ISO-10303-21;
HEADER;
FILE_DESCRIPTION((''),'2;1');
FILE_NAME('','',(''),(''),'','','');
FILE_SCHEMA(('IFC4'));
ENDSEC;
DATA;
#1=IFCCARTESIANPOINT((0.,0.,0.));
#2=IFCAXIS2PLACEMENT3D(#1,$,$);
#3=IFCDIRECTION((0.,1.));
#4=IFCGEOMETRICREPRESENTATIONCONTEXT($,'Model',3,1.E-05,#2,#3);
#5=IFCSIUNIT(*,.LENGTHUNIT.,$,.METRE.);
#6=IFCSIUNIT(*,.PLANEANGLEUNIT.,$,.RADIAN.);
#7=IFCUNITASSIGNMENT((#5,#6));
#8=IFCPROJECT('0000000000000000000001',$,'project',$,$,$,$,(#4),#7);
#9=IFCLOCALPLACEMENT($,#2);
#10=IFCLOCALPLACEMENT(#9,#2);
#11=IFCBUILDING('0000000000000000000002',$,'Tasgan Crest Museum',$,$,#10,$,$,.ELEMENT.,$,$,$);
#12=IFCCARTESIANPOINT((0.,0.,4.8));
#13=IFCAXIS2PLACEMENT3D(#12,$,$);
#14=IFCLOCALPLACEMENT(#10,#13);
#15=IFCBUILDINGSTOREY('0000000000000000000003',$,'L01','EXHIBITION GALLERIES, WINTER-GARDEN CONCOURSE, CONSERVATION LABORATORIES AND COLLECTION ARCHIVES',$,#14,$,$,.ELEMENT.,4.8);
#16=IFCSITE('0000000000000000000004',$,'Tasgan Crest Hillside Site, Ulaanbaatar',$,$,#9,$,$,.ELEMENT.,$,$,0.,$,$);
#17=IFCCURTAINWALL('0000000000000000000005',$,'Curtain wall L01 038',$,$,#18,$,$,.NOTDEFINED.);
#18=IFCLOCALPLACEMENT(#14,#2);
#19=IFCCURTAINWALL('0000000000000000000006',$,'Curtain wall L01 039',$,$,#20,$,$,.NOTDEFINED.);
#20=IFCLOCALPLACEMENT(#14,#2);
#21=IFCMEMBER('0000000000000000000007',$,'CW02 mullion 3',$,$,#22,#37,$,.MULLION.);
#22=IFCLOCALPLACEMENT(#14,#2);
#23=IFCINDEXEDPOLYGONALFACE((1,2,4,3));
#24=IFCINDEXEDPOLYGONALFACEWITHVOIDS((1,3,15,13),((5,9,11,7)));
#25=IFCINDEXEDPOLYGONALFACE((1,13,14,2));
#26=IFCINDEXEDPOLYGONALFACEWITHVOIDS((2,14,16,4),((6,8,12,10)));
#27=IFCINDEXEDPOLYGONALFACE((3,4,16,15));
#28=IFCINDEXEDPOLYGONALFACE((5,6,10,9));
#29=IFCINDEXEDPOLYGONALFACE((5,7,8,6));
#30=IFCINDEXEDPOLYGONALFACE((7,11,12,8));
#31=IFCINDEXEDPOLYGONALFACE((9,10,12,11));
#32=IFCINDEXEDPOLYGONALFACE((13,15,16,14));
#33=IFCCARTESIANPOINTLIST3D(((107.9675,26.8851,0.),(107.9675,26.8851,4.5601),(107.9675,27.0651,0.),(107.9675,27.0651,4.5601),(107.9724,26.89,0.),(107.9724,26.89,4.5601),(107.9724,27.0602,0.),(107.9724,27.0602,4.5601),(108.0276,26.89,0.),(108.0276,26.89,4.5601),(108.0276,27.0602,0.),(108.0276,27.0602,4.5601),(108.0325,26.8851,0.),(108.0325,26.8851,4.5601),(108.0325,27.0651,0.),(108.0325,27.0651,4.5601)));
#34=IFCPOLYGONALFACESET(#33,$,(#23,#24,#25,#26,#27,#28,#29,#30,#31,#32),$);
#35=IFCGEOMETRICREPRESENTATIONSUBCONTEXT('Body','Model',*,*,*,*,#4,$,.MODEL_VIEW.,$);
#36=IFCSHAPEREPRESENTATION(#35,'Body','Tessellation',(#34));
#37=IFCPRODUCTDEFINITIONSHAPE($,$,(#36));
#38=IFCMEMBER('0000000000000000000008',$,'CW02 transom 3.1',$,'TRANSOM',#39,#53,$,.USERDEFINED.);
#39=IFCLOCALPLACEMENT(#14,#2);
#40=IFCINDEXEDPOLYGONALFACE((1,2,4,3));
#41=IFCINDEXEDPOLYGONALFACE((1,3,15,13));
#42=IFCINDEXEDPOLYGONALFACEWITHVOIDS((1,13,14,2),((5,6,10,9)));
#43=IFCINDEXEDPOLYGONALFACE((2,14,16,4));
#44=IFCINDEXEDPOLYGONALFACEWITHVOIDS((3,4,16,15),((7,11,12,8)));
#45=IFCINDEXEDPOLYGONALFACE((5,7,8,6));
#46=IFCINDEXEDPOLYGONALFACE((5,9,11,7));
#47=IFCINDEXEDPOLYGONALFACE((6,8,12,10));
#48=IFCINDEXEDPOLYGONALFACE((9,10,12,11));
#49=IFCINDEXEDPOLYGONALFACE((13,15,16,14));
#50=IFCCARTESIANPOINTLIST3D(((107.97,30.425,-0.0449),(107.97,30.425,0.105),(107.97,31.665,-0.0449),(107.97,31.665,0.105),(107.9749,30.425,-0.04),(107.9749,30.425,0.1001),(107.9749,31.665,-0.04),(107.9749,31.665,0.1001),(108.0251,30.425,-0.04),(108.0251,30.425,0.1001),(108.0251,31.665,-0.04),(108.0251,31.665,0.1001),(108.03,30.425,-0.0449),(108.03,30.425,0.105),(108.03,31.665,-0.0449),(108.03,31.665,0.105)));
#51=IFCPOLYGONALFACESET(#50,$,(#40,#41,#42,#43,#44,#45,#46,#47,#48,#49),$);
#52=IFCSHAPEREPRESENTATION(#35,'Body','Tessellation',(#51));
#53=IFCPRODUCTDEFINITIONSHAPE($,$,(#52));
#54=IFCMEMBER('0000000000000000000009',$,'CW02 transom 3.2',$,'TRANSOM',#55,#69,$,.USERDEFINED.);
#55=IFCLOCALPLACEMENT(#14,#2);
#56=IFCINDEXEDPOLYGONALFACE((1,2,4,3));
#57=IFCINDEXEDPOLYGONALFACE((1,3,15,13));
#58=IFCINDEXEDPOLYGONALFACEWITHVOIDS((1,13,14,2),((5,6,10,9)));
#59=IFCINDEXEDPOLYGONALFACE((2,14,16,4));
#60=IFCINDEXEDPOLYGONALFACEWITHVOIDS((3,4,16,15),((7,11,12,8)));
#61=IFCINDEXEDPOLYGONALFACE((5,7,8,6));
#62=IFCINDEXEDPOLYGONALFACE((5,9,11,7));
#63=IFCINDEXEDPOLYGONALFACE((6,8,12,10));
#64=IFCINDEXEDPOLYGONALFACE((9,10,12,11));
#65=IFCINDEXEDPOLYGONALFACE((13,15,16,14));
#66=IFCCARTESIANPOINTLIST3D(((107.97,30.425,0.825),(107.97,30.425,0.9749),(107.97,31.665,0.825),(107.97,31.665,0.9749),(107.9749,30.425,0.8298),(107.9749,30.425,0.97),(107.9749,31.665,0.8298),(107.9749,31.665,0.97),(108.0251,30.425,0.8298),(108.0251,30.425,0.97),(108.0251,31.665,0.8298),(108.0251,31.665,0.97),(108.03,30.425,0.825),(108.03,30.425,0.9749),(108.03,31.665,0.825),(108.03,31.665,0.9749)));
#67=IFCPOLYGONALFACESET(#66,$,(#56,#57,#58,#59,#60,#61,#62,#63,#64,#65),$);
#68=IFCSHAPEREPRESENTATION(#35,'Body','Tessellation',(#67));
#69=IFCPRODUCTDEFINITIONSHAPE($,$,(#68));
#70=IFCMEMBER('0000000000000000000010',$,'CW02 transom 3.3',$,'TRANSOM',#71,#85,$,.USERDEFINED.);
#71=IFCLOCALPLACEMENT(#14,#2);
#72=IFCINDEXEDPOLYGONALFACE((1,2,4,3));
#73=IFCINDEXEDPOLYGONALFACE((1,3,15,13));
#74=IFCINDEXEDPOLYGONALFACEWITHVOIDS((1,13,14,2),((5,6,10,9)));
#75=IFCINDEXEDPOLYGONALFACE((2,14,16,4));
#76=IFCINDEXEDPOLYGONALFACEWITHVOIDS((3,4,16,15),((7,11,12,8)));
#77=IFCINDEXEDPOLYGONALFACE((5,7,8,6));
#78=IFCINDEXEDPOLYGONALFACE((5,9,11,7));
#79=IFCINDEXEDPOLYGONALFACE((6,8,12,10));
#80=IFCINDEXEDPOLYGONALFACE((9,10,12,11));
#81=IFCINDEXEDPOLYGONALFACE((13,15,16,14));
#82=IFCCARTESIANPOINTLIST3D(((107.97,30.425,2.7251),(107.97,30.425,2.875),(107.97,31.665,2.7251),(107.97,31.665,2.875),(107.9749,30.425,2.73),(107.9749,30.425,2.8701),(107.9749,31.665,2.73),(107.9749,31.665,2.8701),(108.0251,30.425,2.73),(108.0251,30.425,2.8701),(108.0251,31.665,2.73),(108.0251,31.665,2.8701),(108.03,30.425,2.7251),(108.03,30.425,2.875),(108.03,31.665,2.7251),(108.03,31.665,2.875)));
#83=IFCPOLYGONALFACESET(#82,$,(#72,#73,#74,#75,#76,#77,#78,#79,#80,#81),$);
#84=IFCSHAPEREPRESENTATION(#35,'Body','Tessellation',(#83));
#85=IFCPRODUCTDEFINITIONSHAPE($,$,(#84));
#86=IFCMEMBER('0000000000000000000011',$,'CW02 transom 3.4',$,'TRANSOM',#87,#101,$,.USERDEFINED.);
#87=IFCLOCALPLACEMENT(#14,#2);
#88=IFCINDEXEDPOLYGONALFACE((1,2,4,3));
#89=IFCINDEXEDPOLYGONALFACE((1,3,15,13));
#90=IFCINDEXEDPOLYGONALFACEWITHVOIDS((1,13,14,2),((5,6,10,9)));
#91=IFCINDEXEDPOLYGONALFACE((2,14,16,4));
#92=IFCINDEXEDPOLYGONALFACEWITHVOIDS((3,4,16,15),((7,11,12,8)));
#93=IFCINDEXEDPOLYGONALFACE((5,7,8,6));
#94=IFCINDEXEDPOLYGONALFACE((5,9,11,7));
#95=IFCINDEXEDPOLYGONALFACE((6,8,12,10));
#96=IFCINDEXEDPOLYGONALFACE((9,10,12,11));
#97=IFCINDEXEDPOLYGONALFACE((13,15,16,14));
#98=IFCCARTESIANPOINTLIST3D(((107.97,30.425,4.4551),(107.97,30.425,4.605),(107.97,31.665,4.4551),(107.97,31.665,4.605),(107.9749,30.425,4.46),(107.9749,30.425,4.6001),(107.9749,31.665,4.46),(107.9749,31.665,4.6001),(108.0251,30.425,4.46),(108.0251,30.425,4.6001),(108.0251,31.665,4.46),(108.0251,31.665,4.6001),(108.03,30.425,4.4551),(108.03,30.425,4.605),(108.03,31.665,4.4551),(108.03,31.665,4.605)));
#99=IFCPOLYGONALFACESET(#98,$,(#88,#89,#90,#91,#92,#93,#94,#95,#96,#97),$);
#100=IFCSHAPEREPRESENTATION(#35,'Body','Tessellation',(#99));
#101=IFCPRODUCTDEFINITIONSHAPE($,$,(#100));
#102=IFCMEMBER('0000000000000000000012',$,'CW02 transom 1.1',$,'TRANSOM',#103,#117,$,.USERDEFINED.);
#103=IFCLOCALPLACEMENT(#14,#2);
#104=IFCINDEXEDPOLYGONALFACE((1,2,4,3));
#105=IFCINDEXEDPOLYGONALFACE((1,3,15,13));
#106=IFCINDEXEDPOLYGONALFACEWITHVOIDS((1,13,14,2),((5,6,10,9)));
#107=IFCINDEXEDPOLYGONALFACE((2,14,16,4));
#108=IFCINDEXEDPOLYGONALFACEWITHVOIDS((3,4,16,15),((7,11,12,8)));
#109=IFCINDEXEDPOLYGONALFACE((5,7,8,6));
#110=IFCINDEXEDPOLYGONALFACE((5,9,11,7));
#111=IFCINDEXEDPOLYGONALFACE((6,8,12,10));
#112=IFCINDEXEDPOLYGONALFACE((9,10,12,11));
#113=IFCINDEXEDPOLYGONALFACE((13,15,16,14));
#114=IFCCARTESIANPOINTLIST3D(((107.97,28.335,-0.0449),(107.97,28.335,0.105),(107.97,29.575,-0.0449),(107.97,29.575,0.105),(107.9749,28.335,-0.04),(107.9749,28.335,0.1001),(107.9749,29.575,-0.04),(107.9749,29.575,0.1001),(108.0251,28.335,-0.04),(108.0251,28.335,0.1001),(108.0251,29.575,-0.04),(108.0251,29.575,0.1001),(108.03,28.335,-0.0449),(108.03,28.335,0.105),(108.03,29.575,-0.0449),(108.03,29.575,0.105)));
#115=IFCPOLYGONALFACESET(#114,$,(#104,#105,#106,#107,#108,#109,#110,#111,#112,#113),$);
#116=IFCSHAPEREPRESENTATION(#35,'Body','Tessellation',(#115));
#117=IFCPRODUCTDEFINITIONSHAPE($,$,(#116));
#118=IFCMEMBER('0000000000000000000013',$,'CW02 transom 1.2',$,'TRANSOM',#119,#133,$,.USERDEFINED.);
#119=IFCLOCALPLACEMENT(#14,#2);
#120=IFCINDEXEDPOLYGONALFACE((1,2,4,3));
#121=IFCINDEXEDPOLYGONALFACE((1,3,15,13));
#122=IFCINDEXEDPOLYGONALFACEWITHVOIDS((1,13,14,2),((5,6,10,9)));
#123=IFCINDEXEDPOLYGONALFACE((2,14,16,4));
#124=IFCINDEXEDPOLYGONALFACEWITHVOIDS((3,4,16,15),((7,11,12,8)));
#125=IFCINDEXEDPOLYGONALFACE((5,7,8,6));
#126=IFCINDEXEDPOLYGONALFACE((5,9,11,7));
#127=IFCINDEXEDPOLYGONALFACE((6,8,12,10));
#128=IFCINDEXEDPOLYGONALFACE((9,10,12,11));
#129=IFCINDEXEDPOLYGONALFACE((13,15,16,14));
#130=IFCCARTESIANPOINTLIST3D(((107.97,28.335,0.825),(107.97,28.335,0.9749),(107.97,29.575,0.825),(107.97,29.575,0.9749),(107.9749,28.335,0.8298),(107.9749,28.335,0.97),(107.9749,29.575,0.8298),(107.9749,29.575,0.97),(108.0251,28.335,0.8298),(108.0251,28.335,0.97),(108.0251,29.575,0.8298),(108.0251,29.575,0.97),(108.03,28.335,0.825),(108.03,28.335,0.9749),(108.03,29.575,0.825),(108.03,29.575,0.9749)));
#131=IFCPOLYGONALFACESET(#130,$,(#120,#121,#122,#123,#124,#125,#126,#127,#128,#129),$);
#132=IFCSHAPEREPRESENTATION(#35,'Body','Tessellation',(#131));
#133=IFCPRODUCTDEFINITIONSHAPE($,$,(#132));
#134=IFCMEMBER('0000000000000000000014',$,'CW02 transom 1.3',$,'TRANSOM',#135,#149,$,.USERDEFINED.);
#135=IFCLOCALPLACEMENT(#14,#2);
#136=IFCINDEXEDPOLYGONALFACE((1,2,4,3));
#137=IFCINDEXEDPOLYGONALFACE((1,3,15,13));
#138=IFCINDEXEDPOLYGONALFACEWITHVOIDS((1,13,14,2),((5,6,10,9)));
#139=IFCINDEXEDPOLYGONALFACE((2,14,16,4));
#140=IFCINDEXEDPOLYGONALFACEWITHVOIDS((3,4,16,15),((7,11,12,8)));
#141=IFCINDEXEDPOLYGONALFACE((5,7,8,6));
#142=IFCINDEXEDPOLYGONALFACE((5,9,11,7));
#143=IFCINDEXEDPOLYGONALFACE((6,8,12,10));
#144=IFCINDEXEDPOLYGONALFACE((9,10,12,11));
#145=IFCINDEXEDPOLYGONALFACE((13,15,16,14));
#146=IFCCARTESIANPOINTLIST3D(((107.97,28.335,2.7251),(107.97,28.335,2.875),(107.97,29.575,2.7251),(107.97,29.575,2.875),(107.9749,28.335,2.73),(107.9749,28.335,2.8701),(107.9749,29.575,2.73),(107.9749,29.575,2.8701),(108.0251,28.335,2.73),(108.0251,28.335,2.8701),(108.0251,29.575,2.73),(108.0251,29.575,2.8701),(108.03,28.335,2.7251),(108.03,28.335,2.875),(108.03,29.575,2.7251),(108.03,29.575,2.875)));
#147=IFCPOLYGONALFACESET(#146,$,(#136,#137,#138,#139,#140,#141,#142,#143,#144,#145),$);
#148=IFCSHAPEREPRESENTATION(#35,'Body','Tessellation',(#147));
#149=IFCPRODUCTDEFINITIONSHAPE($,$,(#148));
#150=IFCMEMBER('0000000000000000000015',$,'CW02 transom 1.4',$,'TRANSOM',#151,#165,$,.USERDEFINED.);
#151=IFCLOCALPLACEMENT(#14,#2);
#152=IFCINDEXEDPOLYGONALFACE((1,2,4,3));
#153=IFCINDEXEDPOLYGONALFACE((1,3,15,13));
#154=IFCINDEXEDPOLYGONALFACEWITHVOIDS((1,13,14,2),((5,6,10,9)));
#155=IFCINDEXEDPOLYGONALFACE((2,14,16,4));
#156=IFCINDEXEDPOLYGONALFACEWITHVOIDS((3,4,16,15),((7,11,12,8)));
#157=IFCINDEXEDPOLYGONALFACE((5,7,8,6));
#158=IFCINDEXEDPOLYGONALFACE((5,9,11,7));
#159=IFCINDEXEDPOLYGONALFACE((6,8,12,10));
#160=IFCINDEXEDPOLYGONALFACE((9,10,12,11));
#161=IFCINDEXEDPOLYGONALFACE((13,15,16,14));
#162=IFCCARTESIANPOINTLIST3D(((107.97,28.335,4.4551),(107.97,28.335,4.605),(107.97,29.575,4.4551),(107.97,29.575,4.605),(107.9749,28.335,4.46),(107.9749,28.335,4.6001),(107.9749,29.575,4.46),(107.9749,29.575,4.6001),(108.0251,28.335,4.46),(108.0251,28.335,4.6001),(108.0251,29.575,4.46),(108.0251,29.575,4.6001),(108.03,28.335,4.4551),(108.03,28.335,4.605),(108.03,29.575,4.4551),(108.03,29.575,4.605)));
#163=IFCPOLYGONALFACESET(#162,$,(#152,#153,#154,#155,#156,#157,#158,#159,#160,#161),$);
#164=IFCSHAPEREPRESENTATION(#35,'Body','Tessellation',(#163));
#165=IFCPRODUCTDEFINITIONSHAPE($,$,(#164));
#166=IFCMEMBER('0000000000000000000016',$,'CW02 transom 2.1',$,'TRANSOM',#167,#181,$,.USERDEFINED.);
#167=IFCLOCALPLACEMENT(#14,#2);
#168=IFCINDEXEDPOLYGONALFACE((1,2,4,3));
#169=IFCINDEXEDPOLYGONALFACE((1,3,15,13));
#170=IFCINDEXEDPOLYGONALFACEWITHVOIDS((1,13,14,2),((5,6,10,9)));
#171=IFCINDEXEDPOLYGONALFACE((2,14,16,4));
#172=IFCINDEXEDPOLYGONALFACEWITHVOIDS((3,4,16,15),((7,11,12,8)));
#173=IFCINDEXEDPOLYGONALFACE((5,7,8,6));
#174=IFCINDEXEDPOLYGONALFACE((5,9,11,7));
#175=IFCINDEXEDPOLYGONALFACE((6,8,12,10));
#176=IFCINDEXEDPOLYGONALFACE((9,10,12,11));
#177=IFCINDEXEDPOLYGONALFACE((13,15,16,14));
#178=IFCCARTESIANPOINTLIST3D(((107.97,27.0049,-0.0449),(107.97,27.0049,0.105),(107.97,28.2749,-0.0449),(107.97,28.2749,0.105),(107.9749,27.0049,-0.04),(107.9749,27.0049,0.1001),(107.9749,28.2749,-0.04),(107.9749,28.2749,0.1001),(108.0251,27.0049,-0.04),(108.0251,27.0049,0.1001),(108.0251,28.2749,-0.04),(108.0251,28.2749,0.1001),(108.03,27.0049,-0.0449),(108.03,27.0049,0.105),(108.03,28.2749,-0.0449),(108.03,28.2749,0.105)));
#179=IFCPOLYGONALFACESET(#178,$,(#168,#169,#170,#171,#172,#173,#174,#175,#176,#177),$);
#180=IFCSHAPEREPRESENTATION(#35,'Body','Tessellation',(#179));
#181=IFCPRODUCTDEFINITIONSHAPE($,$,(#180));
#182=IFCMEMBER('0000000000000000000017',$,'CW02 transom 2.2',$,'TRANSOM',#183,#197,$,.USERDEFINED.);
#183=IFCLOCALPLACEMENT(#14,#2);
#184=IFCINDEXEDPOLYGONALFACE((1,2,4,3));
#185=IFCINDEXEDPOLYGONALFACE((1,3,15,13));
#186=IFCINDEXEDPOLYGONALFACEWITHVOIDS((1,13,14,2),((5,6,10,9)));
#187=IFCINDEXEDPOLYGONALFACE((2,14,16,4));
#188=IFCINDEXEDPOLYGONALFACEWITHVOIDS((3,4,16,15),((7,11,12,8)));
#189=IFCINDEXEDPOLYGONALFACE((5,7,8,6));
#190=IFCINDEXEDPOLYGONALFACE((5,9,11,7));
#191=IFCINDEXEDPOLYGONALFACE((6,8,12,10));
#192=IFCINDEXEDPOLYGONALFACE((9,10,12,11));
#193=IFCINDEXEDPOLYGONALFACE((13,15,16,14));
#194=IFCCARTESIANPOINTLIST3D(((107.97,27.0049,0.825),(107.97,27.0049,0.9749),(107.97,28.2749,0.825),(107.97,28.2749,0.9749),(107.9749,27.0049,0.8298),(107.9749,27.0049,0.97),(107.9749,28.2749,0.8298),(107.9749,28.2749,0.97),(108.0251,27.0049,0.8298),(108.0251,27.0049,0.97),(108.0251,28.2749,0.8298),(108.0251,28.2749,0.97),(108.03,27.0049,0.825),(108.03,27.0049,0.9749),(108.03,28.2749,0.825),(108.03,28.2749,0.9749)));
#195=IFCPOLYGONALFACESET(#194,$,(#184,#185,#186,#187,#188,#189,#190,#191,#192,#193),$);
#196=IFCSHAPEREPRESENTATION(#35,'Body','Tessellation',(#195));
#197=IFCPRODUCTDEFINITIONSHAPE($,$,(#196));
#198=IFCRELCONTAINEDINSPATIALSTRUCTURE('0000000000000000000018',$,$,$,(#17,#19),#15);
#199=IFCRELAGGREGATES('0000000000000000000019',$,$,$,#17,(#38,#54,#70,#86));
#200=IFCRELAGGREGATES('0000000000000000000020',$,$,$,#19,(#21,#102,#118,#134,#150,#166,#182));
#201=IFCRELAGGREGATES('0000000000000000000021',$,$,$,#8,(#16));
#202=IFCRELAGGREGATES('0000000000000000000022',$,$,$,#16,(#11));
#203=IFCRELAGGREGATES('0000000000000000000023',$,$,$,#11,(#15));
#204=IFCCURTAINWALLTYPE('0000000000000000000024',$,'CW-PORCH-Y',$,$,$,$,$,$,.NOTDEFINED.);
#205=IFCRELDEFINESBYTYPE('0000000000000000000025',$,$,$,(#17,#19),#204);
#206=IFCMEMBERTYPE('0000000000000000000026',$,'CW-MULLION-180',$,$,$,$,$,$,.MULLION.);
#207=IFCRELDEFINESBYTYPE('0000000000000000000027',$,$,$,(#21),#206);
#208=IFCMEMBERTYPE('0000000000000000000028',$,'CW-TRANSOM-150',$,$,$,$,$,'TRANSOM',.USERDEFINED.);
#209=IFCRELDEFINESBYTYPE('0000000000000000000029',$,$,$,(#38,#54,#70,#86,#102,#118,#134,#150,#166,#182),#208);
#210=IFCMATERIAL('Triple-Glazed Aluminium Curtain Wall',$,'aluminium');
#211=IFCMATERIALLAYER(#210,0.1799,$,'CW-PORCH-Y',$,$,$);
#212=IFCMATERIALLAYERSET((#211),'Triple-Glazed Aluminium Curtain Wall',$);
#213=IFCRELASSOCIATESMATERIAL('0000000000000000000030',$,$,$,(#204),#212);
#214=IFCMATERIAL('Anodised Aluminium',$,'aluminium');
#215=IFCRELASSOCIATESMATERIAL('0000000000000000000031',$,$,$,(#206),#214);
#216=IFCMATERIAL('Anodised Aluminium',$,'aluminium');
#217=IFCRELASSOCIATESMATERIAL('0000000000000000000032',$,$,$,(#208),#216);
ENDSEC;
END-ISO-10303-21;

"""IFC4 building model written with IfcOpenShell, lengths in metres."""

from ifc_helpers import new_model, si_unit, direction, frame, origin, origin_2d, place, context, subcontext, project, spatial, hollow_rectangle, extrude, material, layer, layer_set, material_profile, profile_set, type_object, element, aggregate, save


model = new_model("IFC4")

# Units and contexts
model_context = context("Model", 3, precision=1e-05, world=origin(), true_north=direction((0.0, 1.0)))
body_context = subcontext(model_context, "Body", "Model", "MODEL_VIEW")
ifc_project = project(units=[si_unit("LENGTHUNIT", "METRE"), si_unit("PLANEANGLEUNIT", "RADIAN")], contexts=[model_context])

# Site, building, storey
site_placement = place(None, origin())
site = spatial("IfcSite", under=ifc_project, at=site_placement, Name="Tasgan Crest Hillside Site, Ulaanbaatar", CompositionType="ELEMENT", RefElevation=0.0)
building_placement = place(site_placement, origin())
building = spatial("IfcBuilding", under=site, at=building_placement, Name="Tasgan Crest Museum", CompositionType="ELEMENT")
storey_placement = place(building_placement, frame((0.0, 0.0, 4.8)))
storey = spatial("IfcBuildingStorey", under=building, at=storey_placement, Name="L01", Description="EXHIBITION GALLERIES, WINTER-GARDEN CONCOURSE, CONSERVATION LABORATORIES AND COLLECTION ARCHIVES", CompositionType="ELEMENT", Elevation=4.8)

# Curtain walls, member
ifc_material_1 = material(Name="Triple-Glazed Aluminium Curtain Wall", Category="aluminium")
ifc_layer_1 = layer(ifc_material_1, 0.1799, Name="CW-PORCH-Y")
ifc_layer_set_1 = layer_set([ifc_layer_1], Name="Triple-Glazed Aluminium Curtain Wall")
curtain_wall_type = type_object("IfcCurtainWallType", Name="CW-PORCH-Y", PredefinedType="NOTDEFINED", material=ifc_layer_set_1)
curtain_wall_1_placement = place(storey_placement, origin())
curtain_wall_1 = element("IfcCurtainWall", 1, at=curtain_wall_1_placement, inside=storey, type_object=curtain_wall_type, Name="Curtain wall L01 038", PredefinedType="NOTDEFINED")
ifc_material_2 = material(Name="Anodised Aluminium", Category="aluminium")
ifc_material_profile_1 = material_profile(ifc_material_2, hollow_rectangle(XDim=0.0649, YDim=0.1799, WallThickness=0.0049, at=origin_2d()), Name="ALU MULLION 180x65x5")
ifc_profile_set_1 = profile_set([ifc_material_profile_1], Name="Anodised Aluminium")
member_type_1 = type_object("IfcMemberType", Name="CW-MULLION-180", PredefinedType="MULLION", material=ifc_profile_set_1)
curtain_wall_2_placement = place(storey_placement, origin())
curtain_wall_2 = element("IfcCurtainWall", 2, at=curtain_wall_2_placement, inside=storey, type_object=curtain_wall_type, Name="Curtain wall L01 039", PredefinedType="NOTDEFINED")
member_1_placement = place(storey_placement, frame((108.0, 26.9751, 0.0), z_axis=(0.0, 0.0, 1.0), x_axis=(1.0, 0.0, 0.0)))
member_1 = element("IfcMember", 3, at=member_1_placement, type_object=member_type_1, Name="CW02 mullion 3", PredefinedType="MULLION", context=body_context, shape_type="SweptSolid", body=[
    extrude(hollow_rectangle(XDim=0.0649, YDim=0.1799, WallThickness=0.0049, at=origin_2d()), origin(), (0.0, 0.0, 1.0), 4.5601),
])

# Members
ifc_material_3 = material(Name="Anodised Aluminium", Category="aluminium")
ifc_material_profile_2 = material_profile(ifc_material_3, hollow_rectangle(XDim=0.0601, YDim=0.1499, WallThickness=0.0049, at=origin_2d()), Name="ALU TRANSOM 150x60x5")
ifc_profile_set_2 = profile_set([ifc_material_profile_2], Name="Anodised Aluminium")
member_type_2 = type_object("IfcMemberType", Name="CW-TRANSOM-150", ElementType="TRANSOM", PredefinedType="USERDEFINED", material=ifc_profile_set_2)
member_2_placement = place(storey_placement, frame((108.0, 31.665, 0.03), z_axis=(0.0, -1.0, 0.0), x_axis=(1.0, 0.0, 0.0)))
member_2 = element("IfcMember", 4, at=member_2_placement, type_object=member_type_2, Name="CW02 transom 3.1", ObjectType="TRANSOM", PredefinedType="USERDEFINED", context=body_context, shape_type="SweptSolid", body=[
    extrude(hollow_rectangle(XDim=0.0601, YDim=0.1499, WallThickness=0.0049, at=origin_2d()), origin(), (0.0, 0.0, 1.0), 1.24),
])
member_3_placement = place(storey_placement, frame((108.0, 31.665, 0.8999), z_axis=(0.0, -1.0, 0.0), x_axis=(1.0, 0.0, 0.0)))
member_3 = element("IfcMember", 5, at=member_3_placement, type_object=member_type_2, Name="CW02 transom 3.2", ObjectType="TRANSOM", PredefinedType="USERDEFINED", context=body_context, shape_type="SweptSolid", body=[
    extrude(hollow_rectangle(XDim=0.0601, YDim=0.1499, WallThickness=0.0049, at=origin_2d()), origin(), (0.0, 0.0, 1.0), 1.24),
])
member_4_placement = place(storey_placement, frame((108.0, 31.665, 2.8), z_axis=(0.0, -1.0, 0.0), x_axis=(1.0, 0.0, 0.0)))
member_4 = element("IfcMember", 6, at=member_4_placement, type_object=member_type_2, Name="CW02 transom 3.3", ObjectType="TRANSOM", PredefinedType="USERDEFINED", context=body_context, shape_type="SweptSolid", body=[
    extrude(hollow_rectangle(XDim=0.0601, YDim=0.1499, WallThickness=0.0049, at=origin_2d()), origin(), (0.0, 0.0, 1.0), 1.24),
])
member_5_placement = place(storey_placement, frame((108.0, 31.665, 4.53), z_axis=(0.0, -1.0, 0.0), x_axis=(1.0, 0.0, 0.0)))
member_5 = element("IfcMember", 7, at=member_5_placement, type_object=member_type_2, Name="CW02 transom 3.4", ObjectType="TRANSOM", PredefinedType="USERDEFINED", context=body_context, shape_type="SweptSolid", body=[
    extrude(hollow_rectangle(XDim=0.0601, YDim=0.1499, WallThickness=0.0049, at=origin_2d()), origin(), (0.0, 0.0, 1.0), 1.24),
])
member_6_placement = place(storey_placement, frame((108.0, 29.575, 0.03), z_axis=(0.0, -1.0, 0.0), x_axis=(1.0, 0.0, 0.0)))
member_6 = element("IfcMember", 8, at=member_6_placement, type_object=member_type_2, Name="CW02 transom 1.1", ObjectType="TRANSOM", PredefinedType="USERDEFINED", context=body_context, shape_type="SweptSolid", body=[
    extrude(hollow_rectangle(XDim=0.0601, YDim=0.1499, WallThickness=0.0049, at=origin_2d()), origin(), (0.0, 0.0, 1.0), 1.24),
])
member_7_placement = place(storey_placement, frame((108.0, 29.575, 0.8999), z_axis=(0.0, -1.0, 0.0), x_axis=(1.0, 0.0, 0.0)))
member_7 = element("IfcMember", 9, at=member_7_placement, type_object=member_type_2, Name="CW02 transom 1.2", ObjectType="TRANSOM", PredefinedType="USERDEFINED", context=body_context, shape_type="SweptSolid", body=[
    extrude(hollow_rectangle(XDim=0.0601, YDim=0.1499, WallThickness=0.0049, at=origin_2d()), origin(), (0.0, 0.0, 1.0), 1.24),
])
member_8_placement = place(storey_placement, frame((108.0, 29.575, 2.8), z_axis=(0.0, -1.0, 0.0), x_axis=(1.0, 0.0, 0.0)))
member_8 = element("IfcMember", 10, at=member_8_placement, type_object=member_type_2, Name="CW02 transom 1.3", ObjectType="TRANSOM", PredefinedType="USERDEFINED", context=body_context, shape_type="SweptSolid", body=[
    extrude(hollow_rectangle(XDim=0.0601, YDim=0.1499, WallThickness=0.0049, at=origin_2d()), origin(), (0.0, 0.0, 1.0), 1.24),
])
member_9_placement = place(storey_placement, frame((108.0, 29.575, 4.53), z_axis=(0.0, -1.0, 0.0), x_axis=(1.0, 0.0, 0.0)))
member_9 = element("IfcMember", 11, at=member_9_placement, type_object=member_type_2, Name="CW02 transom 1.4", ObjectType="TRANSOM", PredefinedType="USERDEFINED", context=body_context, shape_type="SweptSolid", body=[
    extrude(hollow_rectangle(XDim=0.0601, YDim=0.1499, WallThickness=0.0049, at=origin_2d()), origin(), (0.0, 0.0, 1.0), 1.24),
])
member_10_placement = place(storey_placement, frame((108.0, 28.2749, 0.03), z_axis=(0.0, -1.0, 0.0), x_axis=(1.0, 0.0, 0.0)))
member_10 = element("IfcMember", 12, at=member_10_placement, type_object=member_type_2, Name="CW02 transom 2.1", ObjectType="TRANSOM", PredefinedType="USERDEFINED", context=body_context, shape_type="SweptSolid", body=[
    extrude(hollow_rectangle(XDim=0.0601, YDim=0.1499, WallThickness=0.0049, at=origin_2d()), origin(), (0.0, 0.0, 1.0), 1.27),
])
member_11_placement = place(storey_placement, frame((108.0, 28.2749, 0.8999), z_axis=(0.0, -1.0, 0.0), x_axis=(1.0, 0.0, 0.0)))
member_11 = element("IfcMember", 13, at=member_11_placement, type_object=member_type_2, Name="CW02 transom 2.2", ObjectType="TRANSOM", PredefinedType="USERDEFINED", context=body_context, shape_type="SweptSolid", body=[
    extrude(hollow_rectangle(XDim=0.0601, YDim=0.1499, WallThickness=0.0049, at=origin_2d()), origin(), (0.0, 0.0, 1.0), 1.27),
])

aggregate(curtain_wall_1, [member_2, member_3, member_4, member_5])
aggregate(curtain_wall_2, [member_1, member_6, member_7, member_8, member_9, member_10, member_11])

save(model, "model.ifc")
